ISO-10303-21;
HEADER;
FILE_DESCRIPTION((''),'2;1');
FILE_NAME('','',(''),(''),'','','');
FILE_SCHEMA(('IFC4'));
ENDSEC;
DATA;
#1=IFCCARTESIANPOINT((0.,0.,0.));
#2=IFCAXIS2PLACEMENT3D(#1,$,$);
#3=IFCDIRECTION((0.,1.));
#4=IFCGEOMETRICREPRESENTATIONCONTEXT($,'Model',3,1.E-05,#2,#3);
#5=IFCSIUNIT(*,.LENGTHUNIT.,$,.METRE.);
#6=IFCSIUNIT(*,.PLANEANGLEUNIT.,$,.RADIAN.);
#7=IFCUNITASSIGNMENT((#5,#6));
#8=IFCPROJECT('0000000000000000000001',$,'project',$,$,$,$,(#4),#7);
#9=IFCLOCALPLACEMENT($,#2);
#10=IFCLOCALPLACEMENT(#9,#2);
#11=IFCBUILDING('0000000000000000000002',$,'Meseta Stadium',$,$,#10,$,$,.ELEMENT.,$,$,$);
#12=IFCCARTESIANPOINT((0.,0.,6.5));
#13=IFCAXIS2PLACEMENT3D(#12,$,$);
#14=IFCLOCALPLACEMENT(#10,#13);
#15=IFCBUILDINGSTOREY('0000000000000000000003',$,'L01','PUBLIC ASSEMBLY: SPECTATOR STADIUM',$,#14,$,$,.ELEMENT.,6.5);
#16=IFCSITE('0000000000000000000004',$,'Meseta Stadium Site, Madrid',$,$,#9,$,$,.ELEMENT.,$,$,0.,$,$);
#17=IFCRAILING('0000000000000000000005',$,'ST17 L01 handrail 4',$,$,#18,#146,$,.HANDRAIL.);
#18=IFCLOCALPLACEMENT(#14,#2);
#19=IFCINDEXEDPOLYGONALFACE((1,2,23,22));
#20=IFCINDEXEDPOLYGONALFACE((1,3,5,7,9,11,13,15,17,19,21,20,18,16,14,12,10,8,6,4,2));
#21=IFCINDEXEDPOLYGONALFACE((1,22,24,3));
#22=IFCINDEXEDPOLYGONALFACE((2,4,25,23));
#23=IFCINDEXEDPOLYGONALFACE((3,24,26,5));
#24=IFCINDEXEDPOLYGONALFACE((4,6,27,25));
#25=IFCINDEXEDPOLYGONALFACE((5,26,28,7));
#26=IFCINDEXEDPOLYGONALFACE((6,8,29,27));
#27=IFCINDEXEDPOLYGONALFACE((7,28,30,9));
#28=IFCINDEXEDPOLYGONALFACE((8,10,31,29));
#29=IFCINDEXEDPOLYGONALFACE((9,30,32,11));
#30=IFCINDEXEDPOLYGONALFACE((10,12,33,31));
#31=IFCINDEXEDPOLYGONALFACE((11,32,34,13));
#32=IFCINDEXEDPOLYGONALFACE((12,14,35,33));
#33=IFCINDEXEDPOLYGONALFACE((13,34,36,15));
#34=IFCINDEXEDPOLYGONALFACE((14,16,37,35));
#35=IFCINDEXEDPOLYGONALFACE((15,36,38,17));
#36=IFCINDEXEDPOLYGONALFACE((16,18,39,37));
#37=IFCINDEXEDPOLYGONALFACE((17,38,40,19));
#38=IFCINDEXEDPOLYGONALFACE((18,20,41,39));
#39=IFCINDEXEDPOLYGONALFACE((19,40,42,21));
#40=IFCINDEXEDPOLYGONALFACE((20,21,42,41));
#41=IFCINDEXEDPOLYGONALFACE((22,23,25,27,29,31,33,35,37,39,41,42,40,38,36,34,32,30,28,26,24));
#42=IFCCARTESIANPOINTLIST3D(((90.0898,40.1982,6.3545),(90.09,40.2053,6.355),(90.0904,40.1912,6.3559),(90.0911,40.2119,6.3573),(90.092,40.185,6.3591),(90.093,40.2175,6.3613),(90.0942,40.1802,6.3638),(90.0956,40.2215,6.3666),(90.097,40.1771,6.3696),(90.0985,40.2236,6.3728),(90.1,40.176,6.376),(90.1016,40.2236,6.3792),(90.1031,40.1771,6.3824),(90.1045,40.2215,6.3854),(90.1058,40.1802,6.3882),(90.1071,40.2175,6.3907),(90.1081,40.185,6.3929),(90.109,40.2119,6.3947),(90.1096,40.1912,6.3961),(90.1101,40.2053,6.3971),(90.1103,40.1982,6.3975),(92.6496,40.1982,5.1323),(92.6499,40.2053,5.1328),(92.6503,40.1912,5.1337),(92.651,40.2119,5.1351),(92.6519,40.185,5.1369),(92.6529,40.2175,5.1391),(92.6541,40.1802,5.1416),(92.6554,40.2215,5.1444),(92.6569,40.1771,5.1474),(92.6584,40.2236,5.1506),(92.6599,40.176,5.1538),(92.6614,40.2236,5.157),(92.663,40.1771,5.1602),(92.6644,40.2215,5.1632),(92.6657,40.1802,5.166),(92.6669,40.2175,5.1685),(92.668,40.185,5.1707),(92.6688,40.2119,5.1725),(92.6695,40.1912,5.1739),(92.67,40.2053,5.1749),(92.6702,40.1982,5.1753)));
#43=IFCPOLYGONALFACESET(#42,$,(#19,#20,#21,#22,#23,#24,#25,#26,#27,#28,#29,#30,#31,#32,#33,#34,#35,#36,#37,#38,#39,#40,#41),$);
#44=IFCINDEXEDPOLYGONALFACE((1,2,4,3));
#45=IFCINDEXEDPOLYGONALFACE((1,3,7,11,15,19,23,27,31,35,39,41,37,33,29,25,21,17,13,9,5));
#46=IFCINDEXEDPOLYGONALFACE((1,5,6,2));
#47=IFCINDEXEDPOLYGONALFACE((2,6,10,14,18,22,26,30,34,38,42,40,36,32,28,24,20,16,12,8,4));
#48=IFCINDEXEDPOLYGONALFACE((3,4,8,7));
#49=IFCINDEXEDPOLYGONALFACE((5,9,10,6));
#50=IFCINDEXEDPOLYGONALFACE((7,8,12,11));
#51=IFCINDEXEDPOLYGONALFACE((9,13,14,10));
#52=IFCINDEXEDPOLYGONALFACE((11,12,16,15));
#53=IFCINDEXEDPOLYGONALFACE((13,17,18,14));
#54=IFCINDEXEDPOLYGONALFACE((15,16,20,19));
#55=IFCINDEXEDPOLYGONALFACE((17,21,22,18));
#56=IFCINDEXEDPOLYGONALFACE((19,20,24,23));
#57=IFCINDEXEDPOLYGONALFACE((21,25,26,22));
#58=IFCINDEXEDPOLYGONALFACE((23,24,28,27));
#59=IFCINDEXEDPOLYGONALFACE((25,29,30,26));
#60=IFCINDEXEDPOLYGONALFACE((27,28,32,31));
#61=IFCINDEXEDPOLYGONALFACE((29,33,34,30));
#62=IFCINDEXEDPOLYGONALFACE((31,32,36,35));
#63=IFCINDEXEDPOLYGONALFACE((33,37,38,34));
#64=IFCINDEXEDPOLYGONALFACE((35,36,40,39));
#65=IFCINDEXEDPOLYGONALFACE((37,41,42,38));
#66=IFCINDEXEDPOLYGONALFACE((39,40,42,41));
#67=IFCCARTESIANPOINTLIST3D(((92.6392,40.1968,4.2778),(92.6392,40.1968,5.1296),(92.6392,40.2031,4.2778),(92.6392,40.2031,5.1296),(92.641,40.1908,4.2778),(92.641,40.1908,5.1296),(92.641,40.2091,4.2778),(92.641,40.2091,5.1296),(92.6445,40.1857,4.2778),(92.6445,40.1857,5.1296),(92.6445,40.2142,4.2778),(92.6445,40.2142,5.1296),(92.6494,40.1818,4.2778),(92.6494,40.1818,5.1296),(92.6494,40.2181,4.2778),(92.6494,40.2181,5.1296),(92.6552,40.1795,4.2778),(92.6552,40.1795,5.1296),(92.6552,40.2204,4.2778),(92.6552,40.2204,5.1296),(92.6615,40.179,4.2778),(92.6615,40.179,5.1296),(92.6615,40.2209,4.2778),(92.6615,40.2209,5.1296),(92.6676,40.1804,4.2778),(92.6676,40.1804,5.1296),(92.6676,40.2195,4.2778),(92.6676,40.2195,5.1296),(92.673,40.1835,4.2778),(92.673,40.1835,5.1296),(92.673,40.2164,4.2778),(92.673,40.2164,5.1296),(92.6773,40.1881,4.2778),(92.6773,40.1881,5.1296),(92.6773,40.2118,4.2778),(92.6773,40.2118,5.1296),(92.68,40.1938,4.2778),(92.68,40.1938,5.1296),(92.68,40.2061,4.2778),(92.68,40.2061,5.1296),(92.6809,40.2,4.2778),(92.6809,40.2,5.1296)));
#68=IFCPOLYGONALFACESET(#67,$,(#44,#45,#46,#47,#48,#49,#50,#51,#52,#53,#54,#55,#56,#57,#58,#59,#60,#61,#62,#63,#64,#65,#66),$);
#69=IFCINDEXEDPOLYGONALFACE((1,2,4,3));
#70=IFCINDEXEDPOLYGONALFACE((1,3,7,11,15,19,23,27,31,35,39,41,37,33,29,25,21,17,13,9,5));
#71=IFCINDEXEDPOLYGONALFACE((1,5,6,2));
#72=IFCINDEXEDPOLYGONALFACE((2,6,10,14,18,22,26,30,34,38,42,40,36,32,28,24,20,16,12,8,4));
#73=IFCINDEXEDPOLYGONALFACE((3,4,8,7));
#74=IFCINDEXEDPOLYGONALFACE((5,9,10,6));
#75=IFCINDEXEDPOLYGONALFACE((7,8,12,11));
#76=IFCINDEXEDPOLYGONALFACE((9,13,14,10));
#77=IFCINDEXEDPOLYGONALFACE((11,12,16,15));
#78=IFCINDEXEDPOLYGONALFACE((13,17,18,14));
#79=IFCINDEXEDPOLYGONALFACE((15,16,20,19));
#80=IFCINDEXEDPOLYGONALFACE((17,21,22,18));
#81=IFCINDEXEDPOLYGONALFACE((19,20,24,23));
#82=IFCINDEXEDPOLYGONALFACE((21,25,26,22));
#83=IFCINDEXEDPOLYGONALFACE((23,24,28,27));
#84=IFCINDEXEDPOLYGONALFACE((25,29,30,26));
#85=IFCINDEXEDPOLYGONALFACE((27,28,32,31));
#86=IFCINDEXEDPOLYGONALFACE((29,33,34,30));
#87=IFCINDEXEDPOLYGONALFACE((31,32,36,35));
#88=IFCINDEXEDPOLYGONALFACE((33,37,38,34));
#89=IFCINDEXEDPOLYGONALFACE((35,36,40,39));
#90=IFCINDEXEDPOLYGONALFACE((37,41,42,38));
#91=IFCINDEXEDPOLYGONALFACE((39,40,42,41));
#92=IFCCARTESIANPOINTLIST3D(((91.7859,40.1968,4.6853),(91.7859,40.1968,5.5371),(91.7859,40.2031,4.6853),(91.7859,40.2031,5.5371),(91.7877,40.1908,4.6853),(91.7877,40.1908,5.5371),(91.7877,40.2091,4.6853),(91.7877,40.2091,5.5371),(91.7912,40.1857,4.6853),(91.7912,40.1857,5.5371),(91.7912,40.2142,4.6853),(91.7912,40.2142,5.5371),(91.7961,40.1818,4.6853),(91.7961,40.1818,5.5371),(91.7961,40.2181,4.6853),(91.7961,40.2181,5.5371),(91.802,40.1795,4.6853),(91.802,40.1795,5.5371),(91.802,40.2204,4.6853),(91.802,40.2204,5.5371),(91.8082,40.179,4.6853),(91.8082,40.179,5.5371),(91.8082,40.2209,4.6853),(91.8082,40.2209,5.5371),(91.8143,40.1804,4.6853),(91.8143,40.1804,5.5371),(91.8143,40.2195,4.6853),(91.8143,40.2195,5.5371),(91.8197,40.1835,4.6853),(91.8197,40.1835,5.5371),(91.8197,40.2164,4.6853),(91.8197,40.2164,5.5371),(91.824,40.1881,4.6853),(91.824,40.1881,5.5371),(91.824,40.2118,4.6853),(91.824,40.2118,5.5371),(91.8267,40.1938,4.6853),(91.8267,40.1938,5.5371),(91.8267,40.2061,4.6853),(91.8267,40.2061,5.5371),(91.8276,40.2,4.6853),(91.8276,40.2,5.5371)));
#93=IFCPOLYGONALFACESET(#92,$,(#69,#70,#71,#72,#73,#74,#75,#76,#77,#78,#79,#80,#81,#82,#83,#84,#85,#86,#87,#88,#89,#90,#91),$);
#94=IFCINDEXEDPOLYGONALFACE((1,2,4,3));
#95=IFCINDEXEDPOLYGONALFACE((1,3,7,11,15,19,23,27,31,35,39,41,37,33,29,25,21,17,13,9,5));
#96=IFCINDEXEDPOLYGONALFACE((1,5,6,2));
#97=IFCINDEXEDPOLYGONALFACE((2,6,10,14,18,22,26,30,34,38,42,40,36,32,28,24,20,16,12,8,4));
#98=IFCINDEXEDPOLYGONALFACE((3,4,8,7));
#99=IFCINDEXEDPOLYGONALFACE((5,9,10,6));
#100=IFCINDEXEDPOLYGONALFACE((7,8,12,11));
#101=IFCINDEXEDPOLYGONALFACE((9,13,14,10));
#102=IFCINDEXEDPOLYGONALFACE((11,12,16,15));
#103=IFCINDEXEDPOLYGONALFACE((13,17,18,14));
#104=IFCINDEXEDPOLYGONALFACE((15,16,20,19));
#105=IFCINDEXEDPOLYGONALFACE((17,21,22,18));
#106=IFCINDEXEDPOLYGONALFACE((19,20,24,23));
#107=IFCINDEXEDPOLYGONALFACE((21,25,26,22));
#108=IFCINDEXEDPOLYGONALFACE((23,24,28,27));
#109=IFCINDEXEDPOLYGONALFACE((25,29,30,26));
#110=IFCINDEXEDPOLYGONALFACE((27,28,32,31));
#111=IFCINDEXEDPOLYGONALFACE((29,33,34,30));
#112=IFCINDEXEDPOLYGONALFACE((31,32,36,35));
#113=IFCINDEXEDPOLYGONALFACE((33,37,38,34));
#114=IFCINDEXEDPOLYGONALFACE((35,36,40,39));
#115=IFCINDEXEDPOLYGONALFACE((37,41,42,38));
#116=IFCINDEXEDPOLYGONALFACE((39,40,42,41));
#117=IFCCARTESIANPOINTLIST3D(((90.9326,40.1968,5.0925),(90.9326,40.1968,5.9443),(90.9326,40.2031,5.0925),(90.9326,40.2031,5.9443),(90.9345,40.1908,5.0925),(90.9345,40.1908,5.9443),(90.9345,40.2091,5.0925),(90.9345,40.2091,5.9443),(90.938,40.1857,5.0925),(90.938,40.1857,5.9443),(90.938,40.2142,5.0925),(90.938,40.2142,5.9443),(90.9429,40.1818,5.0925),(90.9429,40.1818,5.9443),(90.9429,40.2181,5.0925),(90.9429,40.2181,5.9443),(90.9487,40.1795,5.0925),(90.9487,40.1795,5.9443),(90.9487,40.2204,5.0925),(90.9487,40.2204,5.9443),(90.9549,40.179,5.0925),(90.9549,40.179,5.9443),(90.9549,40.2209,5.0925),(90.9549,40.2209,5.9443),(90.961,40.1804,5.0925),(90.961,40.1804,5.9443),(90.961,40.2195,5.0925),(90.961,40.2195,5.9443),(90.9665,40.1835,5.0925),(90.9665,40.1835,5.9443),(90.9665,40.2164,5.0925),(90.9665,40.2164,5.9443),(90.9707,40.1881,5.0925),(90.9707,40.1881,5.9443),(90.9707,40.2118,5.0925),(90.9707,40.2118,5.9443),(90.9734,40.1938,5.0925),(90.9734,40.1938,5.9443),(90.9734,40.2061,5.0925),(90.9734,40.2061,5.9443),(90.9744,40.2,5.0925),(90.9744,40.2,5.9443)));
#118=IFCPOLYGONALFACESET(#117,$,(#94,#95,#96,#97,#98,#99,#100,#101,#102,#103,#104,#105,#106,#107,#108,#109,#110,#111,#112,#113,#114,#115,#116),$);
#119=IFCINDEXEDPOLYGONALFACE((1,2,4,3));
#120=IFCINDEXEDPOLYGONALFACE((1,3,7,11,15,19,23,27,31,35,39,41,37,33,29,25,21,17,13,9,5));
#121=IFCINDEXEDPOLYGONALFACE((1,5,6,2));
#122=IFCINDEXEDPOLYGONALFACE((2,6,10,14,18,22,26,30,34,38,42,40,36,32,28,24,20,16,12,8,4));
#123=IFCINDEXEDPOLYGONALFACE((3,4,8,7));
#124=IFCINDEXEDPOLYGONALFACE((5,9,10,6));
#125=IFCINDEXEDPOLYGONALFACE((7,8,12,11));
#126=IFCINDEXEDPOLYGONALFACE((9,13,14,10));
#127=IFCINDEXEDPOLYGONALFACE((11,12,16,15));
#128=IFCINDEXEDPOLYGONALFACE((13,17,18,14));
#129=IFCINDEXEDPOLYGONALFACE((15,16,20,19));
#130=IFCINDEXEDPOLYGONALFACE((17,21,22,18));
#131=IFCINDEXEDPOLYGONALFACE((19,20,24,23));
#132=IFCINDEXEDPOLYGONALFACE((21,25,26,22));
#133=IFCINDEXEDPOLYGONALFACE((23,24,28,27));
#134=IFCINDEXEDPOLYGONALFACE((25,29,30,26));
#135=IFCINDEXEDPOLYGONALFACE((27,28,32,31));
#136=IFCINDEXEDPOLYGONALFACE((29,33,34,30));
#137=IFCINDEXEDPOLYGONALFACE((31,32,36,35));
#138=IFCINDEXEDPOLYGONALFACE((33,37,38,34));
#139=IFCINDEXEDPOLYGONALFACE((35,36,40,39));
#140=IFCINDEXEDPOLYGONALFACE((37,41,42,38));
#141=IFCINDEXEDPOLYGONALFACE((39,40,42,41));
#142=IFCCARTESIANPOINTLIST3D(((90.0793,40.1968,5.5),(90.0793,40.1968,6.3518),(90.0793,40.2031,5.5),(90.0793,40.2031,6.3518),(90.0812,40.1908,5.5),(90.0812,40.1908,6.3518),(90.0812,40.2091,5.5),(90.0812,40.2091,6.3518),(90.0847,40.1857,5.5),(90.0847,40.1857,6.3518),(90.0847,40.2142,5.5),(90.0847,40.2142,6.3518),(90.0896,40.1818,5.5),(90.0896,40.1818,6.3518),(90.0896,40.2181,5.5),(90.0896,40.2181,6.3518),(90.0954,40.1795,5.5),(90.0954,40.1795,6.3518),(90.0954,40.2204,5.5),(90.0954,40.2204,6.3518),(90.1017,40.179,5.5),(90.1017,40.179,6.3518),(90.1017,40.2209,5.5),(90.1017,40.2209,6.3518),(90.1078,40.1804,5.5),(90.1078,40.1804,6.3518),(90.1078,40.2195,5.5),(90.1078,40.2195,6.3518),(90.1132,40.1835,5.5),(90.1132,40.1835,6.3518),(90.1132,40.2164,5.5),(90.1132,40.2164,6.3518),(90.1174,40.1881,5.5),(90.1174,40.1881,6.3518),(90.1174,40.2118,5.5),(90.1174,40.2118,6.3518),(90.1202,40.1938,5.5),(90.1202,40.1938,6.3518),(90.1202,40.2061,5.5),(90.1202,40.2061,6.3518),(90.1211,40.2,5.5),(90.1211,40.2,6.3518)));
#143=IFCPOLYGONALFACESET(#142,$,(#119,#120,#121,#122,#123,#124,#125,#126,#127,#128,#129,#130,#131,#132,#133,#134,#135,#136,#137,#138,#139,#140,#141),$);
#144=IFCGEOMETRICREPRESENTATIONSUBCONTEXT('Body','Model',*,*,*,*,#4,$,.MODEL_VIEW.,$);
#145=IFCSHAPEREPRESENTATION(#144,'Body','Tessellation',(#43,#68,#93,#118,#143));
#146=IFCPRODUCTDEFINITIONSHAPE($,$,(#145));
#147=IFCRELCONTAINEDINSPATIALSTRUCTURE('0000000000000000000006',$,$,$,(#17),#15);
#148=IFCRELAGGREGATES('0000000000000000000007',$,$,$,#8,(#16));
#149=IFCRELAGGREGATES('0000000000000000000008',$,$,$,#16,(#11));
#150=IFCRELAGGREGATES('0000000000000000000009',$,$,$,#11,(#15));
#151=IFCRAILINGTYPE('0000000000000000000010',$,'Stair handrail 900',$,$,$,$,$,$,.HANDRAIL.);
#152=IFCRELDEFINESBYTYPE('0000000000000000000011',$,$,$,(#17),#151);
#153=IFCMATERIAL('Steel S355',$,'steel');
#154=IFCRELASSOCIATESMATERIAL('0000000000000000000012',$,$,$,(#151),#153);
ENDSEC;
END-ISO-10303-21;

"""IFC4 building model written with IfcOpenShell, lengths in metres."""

from ifc_helpers import new_model, si_unit, direction, frame, origin, origin_2d, place, context, subcontext, project, spatial, circle, extrude, material, type_object, element, save


model = new_model("IFC4")

# Units and contexts
model_context = context("Model", 3, precision=1e-05, world=origin(), true_north=direction((0.0, 1.0)))
body_context = subcontext(model_context, "Body", "Model", "MODEL_VIEW")
ifc_project = project(units=[si_unit("LENGTHUNIT", "METRE"), si_unit("PLANEANGLEUNIT", "RADIAN")], contexts=[model_context])

# Site, building, storey
site_placement = place(None, origin())
site = spatial("IfcSite", under=ifc_project, at=site_placement, Name="Meseta Stadium Site, Madrid", CompositionType="ELEMENT", RefElevation=0.0)
building_placement = place(site_placement, origin())
building = spatial("IfcBuilding", under=site, at=building_placement, Name="Meseta Stadium", CompositionType="ELEMENT")
storey_placement = place(building_placement, frame((0.0, 0.0, 6.5)))
storey = spatial("IfcBuildingStorey", under=building, at=storey_placement, Name="L01", Description="PUBLIC ASSEMBLY: SPECTATOR STADIUM", CompositionType="ELEMENT", Elevation=6.5)

# Railing
ifc_material_1 = material(Name="Steel S355", Category="steel")
railing_type_1 = type_object("IfcRailingType", Name="Stair handrail 900", PredefinedType="HANDRAIL", material=ifc_material_1)
railing_1_placement = place(storey_placement, frame((92.6599, 40.2, 4.2778)))
element("IfcRailing", 1, at=railing_1_placement, inside=storey, type_object=railing_type_1, Name="ST17 L01 handrail 4", PredefinedType="HANDRAIL", context=body_context, shape_type="SweptSolid", body=[
    extrude(circle(Radius=0.0239, at=origin_2d()), frame((0.0, 0.0, 0.876), z_axis=(-0.902421, 0.0, 0.430855), x_axis=(0.0, -1.0, 0.0)), (0.0, 0.0, 1.0), 2.8367),
    extrude(circle(Radius=0.021, at=origin_2d()), origin(), (0.0, 0.0, 1.0), 0.8518),
    extrude(circle(Radius=0.021, at=origin_2d()), frame((-0.8533, 0.0, 0.4075)), (0.0, 0.0, 1.0), 0.8518),
    extrude(circle(Radius=0.021, at=origin_2d()), frame((-1.7065, 0.0, 0.8147)), (0.0, 0.0, 1.0), 0.8518),
    extrude(circle(Radius=0.021, at=origin_2d()), frame((-2.5598, 0.0, 1.2222)), (0.0, 0.0, 1.0), 0.8518),
])

save(model, "model.ifc")
